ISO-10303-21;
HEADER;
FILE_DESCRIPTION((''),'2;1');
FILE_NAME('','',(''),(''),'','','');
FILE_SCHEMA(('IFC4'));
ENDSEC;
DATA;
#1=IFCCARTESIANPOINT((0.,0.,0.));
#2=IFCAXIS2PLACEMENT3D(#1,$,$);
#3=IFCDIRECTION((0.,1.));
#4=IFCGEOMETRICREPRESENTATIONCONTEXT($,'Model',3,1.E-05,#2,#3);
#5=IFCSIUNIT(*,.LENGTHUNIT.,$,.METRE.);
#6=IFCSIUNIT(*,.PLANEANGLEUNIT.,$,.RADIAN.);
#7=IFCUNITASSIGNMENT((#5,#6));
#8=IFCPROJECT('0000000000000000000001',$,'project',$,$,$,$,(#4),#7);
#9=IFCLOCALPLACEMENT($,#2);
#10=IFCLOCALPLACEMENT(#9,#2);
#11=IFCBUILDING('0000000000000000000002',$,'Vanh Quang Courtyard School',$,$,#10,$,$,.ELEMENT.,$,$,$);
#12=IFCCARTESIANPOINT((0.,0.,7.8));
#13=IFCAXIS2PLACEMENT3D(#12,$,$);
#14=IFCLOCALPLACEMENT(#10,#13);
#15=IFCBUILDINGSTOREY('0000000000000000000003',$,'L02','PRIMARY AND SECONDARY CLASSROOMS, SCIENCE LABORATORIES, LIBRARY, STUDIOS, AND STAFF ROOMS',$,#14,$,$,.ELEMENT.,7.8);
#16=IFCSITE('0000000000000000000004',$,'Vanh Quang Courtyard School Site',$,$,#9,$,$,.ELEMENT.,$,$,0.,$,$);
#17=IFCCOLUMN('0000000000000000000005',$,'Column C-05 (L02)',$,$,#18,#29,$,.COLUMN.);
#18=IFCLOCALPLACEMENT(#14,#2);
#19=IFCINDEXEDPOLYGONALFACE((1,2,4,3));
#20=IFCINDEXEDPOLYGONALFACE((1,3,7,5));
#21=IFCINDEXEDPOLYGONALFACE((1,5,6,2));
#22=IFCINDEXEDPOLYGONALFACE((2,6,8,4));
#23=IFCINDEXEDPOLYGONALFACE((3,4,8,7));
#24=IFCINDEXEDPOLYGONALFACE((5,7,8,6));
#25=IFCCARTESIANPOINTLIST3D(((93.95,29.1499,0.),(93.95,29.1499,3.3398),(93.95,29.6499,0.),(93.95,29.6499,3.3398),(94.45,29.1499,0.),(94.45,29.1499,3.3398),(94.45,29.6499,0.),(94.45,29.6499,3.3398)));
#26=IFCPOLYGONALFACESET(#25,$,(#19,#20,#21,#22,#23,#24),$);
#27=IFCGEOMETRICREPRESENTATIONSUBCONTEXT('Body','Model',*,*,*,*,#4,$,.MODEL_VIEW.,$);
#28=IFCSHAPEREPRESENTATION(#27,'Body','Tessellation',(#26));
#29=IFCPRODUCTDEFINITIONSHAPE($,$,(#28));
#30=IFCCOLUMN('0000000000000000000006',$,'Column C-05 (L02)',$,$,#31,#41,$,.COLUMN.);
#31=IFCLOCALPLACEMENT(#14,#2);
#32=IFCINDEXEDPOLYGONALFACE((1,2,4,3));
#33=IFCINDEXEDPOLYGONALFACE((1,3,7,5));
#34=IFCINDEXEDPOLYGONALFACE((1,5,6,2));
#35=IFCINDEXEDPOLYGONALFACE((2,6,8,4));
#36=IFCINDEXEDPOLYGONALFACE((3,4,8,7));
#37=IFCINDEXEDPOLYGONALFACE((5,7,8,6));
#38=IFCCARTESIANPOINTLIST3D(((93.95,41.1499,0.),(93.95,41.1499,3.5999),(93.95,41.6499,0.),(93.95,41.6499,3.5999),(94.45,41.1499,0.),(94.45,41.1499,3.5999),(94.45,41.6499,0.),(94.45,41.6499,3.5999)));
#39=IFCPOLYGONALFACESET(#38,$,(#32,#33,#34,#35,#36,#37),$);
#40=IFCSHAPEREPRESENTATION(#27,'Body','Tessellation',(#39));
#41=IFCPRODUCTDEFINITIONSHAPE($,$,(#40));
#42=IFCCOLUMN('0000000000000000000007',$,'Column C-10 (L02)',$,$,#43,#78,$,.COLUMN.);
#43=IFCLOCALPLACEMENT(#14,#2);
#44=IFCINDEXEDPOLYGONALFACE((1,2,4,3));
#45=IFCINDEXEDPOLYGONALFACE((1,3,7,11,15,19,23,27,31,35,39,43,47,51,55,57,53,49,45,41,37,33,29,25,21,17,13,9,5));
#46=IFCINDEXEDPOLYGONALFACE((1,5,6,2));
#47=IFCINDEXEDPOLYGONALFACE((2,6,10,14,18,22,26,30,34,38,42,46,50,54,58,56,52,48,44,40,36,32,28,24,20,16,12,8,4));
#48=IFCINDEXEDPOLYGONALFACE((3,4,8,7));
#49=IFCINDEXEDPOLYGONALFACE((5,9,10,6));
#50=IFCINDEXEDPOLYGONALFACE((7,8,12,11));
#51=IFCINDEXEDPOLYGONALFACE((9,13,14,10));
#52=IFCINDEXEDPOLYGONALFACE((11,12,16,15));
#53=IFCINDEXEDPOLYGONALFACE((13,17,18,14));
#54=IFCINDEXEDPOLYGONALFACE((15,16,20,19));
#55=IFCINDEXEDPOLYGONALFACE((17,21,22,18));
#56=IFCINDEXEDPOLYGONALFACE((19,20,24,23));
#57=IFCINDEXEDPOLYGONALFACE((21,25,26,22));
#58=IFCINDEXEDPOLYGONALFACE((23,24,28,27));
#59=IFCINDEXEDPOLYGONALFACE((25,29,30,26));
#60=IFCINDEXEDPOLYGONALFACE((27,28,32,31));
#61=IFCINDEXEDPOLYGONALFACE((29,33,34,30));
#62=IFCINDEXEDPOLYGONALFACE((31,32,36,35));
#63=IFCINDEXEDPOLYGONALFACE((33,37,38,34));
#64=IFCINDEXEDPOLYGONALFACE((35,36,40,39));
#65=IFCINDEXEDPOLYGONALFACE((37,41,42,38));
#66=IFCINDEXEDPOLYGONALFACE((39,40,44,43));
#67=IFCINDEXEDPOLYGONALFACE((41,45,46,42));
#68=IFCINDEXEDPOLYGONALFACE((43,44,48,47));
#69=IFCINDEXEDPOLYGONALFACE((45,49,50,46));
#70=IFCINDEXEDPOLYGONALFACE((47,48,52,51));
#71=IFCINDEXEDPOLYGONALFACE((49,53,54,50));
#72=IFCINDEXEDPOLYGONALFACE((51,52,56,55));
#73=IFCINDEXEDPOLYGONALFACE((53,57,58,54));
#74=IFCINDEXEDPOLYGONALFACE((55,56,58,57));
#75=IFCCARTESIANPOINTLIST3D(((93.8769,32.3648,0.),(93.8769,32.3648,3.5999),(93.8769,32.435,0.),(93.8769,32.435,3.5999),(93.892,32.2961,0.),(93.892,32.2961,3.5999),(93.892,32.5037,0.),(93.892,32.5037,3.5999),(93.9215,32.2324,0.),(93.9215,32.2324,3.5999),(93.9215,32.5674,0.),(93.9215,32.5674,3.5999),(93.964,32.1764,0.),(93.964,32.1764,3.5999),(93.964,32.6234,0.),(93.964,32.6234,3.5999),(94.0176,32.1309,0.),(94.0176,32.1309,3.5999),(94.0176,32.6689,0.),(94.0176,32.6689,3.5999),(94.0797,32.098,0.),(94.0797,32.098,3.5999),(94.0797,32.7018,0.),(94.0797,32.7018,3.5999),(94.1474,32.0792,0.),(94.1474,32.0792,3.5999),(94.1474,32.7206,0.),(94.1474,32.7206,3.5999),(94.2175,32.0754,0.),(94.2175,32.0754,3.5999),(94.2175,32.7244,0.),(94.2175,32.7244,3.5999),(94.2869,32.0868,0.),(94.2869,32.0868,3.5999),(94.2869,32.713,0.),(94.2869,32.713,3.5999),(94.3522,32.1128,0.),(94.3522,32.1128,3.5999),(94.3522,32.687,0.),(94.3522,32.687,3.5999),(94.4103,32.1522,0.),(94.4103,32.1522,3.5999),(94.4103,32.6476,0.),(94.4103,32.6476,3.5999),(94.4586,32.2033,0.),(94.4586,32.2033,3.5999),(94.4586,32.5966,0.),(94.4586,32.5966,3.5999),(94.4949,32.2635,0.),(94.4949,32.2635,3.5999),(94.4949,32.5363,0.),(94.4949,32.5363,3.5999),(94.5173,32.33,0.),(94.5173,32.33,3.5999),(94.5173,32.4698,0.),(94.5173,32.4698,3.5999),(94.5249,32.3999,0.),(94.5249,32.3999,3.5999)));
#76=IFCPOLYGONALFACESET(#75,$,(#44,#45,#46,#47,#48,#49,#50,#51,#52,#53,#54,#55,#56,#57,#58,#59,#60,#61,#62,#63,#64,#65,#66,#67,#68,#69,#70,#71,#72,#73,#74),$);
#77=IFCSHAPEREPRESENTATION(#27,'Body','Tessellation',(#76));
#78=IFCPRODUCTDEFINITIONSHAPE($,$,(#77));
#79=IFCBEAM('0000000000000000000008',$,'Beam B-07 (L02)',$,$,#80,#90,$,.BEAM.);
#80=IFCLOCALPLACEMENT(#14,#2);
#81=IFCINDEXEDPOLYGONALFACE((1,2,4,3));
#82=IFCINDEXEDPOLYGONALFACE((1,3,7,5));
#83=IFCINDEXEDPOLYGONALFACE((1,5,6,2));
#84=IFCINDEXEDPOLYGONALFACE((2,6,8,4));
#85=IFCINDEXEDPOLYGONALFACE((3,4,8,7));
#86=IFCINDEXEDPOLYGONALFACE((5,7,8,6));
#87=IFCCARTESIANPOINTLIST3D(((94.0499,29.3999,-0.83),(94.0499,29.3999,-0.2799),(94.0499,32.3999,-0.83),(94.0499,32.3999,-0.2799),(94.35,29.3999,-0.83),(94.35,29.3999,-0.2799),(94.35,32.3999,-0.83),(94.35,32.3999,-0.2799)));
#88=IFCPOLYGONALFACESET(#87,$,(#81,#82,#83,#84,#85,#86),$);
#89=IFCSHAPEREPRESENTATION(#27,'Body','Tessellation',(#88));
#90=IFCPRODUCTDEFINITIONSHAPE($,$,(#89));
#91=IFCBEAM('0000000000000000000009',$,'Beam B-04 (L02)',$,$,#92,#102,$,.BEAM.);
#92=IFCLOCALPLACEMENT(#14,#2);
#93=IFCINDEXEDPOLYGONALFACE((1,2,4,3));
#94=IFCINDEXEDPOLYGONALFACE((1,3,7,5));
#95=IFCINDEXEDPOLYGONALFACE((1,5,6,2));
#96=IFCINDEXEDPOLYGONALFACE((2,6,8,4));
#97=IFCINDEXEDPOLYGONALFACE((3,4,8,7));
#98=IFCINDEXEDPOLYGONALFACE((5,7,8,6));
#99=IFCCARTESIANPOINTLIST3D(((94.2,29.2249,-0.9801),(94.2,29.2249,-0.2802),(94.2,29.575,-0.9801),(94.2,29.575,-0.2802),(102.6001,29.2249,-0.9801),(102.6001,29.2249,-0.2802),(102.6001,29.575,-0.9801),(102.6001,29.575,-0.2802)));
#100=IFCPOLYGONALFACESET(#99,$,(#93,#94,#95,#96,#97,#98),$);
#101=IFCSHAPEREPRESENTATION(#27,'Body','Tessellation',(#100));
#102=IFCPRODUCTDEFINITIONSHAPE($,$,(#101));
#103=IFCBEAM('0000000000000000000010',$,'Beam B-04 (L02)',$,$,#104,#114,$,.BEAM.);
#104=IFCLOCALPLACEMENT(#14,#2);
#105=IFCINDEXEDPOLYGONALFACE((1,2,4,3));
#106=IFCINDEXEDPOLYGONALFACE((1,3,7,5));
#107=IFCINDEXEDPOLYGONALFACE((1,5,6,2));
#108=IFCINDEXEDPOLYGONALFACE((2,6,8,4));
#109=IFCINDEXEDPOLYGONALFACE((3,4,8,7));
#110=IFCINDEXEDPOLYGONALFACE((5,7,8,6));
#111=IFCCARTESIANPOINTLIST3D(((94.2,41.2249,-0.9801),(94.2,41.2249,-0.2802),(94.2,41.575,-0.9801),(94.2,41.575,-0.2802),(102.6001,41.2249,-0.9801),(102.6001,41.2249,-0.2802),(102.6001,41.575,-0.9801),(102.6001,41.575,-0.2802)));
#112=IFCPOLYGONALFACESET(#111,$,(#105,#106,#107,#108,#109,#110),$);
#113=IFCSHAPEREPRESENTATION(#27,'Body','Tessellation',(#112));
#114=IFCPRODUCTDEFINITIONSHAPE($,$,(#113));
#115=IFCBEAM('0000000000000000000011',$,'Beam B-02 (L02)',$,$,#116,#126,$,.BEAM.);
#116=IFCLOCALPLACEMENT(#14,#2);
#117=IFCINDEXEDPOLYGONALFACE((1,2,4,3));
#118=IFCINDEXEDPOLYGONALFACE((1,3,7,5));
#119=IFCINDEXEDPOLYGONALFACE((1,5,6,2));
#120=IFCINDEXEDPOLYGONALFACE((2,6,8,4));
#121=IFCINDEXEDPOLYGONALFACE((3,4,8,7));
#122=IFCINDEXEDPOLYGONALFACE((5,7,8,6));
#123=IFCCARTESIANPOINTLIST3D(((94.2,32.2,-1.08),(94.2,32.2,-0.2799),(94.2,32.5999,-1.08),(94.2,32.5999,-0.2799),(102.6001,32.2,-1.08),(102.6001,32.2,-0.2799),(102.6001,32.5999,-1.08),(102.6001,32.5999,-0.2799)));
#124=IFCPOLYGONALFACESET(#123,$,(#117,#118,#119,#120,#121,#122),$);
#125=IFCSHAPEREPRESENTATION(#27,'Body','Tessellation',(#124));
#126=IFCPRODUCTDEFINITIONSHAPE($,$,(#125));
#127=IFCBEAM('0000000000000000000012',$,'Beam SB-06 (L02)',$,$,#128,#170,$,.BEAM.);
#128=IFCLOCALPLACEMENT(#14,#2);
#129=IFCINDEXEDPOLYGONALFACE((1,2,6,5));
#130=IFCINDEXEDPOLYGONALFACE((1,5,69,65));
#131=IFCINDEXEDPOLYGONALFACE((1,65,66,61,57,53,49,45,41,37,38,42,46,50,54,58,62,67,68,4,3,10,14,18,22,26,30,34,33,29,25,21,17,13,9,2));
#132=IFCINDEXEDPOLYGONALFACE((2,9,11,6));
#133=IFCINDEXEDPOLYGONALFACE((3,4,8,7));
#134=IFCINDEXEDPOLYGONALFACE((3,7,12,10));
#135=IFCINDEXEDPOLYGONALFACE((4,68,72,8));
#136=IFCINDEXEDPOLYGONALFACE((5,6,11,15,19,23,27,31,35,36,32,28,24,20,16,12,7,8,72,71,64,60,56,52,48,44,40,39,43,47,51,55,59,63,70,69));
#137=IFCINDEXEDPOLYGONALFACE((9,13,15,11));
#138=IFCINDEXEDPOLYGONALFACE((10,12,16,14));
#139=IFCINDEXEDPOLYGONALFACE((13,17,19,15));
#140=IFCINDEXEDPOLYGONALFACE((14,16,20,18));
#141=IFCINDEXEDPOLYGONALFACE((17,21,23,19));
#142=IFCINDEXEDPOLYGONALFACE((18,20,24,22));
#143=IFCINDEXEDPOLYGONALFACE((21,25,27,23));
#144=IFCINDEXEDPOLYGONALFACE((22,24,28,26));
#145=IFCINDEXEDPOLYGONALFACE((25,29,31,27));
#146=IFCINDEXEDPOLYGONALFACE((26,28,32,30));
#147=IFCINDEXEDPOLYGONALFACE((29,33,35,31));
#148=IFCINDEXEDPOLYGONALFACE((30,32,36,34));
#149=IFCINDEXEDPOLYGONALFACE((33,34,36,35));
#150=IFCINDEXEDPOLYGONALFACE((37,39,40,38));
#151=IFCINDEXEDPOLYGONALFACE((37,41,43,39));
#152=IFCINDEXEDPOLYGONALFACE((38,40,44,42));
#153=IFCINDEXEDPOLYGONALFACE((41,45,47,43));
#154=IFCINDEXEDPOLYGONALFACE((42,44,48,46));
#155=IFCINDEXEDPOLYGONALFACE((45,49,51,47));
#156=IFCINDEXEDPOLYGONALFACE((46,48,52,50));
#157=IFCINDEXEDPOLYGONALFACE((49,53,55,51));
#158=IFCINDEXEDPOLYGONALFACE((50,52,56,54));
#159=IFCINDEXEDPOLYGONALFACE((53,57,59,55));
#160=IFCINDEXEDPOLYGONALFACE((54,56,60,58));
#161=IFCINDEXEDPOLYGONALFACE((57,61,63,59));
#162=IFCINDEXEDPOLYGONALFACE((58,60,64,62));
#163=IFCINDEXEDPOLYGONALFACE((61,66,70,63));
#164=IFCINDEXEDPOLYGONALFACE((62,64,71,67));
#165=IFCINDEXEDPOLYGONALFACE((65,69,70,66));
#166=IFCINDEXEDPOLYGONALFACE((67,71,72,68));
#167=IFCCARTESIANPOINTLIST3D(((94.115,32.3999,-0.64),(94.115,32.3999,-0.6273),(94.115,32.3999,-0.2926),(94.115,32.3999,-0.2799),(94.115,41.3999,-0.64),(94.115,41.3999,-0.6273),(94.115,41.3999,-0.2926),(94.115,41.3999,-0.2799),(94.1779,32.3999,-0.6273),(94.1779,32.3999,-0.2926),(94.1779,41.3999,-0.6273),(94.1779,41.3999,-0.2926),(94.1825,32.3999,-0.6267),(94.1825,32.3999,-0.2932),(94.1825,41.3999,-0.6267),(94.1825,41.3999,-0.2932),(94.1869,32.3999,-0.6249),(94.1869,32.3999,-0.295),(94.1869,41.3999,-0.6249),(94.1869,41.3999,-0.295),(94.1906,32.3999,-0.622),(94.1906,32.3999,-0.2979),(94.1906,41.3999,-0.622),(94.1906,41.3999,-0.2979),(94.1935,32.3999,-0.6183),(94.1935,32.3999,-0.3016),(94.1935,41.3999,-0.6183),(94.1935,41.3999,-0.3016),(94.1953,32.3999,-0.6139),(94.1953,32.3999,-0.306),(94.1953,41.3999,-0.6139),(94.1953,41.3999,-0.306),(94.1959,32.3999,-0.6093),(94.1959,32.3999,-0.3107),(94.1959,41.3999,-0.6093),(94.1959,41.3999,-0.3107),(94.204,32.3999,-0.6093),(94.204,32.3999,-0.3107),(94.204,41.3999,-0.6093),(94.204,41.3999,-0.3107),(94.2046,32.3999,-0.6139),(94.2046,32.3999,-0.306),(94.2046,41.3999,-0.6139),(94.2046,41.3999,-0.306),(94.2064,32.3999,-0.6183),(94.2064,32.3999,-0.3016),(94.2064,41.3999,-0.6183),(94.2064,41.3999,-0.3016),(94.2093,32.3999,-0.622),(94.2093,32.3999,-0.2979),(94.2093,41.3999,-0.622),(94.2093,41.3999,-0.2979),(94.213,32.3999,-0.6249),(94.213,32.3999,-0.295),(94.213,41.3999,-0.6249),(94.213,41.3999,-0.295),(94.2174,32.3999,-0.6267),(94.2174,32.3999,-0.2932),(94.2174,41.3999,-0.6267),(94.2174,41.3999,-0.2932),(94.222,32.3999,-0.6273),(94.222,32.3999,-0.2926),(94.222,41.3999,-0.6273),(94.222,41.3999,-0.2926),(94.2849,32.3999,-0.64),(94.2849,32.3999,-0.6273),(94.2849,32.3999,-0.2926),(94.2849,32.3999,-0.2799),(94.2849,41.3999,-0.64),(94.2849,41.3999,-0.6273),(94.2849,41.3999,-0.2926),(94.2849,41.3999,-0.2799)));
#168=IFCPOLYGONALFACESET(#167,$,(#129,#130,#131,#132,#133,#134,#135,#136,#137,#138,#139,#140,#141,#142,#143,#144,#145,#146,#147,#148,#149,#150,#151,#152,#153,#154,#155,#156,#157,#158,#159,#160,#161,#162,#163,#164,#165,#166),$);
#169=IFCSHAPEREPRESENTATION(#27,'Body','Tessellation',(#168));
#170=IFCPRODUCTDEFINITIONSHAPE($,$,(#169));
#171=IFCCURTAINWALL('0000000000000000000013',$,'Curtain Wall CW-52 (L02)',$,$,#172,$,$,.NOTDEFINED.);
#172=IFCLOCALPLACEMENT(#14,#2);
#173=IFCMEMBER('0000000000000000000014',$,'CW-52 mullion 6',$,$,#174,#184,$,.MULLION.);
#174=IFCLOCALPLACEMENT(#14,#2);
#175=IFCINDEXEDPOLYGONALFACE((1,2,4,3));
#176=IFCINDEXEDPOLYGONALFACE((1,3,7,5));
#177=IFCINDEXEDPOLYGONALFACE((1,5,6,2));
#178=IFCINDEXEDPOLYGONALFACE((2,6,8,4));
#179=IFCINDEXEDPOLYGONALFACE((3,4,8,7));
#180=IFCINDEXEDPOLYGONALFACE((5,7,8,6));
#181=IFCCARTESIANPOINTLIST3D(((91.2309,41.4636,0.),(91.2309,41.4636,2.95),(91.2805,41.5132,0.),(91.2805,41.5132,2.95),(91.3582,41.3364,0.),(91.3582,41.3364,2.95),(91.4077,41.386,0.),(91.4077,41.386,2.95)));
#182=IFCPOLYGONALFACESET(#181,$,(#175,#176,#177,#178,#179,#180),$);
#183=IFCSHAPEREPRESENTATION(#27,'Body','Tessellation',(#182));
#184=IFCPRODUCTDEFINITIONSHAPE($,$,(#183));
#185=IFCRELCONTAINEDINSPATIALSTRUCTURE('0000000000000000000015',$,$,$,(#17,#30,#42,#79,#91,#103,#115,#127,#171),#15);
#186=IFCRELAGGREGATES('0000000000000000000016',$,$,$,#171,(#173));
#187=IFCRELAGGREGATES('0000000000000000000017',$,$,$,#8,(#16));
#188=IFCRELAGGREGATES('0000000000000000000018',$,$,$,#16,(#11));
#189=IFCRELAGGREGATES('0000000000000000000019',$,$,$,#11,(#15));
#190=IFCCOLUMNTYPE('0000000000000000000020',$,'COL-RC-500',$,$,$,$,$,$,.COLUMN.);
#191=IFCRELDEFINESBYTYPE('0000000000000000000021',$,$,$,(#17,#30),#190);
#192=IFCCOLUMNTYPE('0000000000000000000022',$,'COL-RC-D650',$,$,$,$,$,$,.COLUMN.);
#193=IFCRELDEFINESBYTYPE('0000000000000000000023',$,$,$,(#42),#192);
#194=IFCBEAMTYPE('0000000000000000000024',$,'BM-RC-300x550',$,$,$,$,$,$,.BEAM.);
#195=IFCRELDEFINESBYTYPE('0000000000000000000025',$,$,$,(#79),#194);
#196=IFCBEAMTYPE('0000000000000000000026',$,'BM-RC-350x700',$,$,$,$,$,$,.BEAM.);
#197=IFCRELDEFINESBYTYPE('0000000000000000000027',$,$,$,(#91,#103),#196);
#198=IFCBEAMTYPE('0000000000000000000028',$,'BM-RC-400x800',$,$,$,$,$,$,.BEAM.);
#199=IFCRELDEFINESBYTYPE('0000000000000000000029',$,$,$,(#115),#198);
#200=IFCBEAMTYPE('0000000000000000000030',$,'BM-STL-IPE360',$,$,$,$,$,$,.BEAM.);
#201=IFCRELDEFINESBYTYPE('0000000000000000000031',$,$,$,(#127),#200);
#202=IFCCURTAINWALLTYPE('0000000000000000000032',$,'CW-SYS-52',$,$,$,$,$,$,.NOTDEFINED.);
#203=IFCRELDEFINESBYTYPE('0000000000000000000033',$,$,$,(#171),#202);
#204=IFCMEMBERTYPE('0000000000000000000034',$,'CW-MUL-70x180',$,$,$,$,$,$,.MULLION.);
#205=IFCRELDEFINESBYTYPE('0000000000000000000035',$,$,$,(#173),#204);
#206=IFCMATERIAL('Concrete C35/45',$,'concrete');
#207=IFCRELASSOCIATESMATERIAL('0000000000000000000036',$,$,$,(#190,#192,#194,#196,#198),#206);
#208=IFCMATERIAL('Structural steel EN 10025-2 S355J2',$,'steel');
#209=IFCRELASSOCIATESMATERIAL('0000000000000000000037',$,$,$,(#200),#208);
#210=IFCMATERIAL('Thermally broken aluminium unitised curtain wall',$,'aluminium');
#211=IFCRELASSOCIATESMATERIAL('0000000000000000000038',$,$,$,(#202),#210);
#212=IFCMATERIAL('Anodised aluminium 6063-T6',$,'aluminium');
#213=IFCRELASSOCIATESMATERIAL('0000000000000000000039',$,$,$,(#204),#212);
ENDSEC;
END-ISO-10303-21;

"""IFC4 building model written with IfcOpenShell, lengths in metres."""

from ifc_helpers import new_model, si_unit, direction, frame, origin, origin_2d, place, context, subcontext, project, spatial, rectangle, circle, i_section, extrude, material, material_profile, profile_set, type_object, element, aggregate, save


model = new_model("IFC4")

# Units and contexts
model_context = context("Model", 3, precision=1e-05, world=origin(), true_north=direction((0.0, 1.0)))
body_context = subcontext(model_context, "Body", "Model", "MODEL_VIEW")
ifc_project = project(units=[si_unit("LENGTHUNIT", "METRE"), si_unit("PLANEANGLEUNIT", "RADIAN")], contexts=[model_context])

# Site, building, storey
site_placement = place(None, origin())
site = spatial("IfcSite", under=ifc_project, at=site_placement, Name="Vanh Quang Courtyard School Site", CompositionType="ELEMENT", RefElevation=0.0)
building_placement = place(site_placement, origin())
building = spatial("IfcBuilding", under=site, at=building_placement, Name="Vanh Quang Courtyard School", CompositionType="ELEMENT")
storey_placement = place(building_placement, frame((0.0, 0.0, 7.8)))
storey = spatial("IfcBuildingStorey", under=building, at=storey_placement, Name="L02", Description="PRIMARY AND SECONDARY CLASSROOMS, SCIENCE LABORATORIES, LIBRARY, STUDIOS, AND STAFF ROOMS", CompositionType="ELEMENT", Elevation=7.8)

# Columns
ifc_material_1 = material(Name="Concrete C35/45", Category="concrete")
ifc_material_profile_1 = material_profile(ifc_material_1, rectangle(XDim=0.5, YDim=0.5, at=origin_2d()), Name="RC-COL 500x500")
ifc_profile_set_1 = profile_set([ifc_material_profile_1], Name="Concrete C35/45")
column_type_1 = type_object("IfcColumnType", Name="COL-RC-500", PredefinedType="COLUMN", material=ifc_profile_set_1)
column_1_placement = place(storey_placement, frame((94.2, 29.3999, 0.0), z_axis=(0.0, 0.0, 1.0), x_axis=(1.0, 0.0, 0.0)))
element("IfcColumn", 1, at=column_1_placement, inside=storey, type_object=column_type_1, Name="Column C-05 (L02)", PredefinedType="COLUMN", context=body_context, shape_type="SweptSolid", body=[
    extrude(rectangle(XDim=0.5, YDim=0.5, at=origin_2d()), origin(), (0.0, 0.0, 1.0), 3.3398),
])
column_2_placement = place(storey_placement, frame((94.2, 41.3999, 0.0), z_axis=(0.0, 0.0, 1.0), x_axis=(1.0, 0.0, 0.0)))
element("IfcColumn", 2, at=column_2_placement, inside=storey, type_object=column_type_1, Name="Column C-05 (L02)", PredefinedType="COLUMN", context=body_context, shape_type="SweptSolid", body=[
    extrude(rectangle(XDim=0.5, YDim=0.5, at=origin_2d()), origin(), (0.0, 0.0, 1.0), 3.5999),
])
ifc_material_profile_2 = material_profile(ifc_material_1, circle(Radius=0.325, at=origin_2d()), Name="RC-COL D650")
ifc_profile_set_2 = profile_set([ifc_material_profile_2], Name="Concrete C35/45")
column_type_2 = type_object("IfcColumnType", Name="COL-RC-D650", PredefinedType="COLUMN", material=ifc_profile_set_2)
column_3_placement = place(storey_placement, frame((94.2, 32.3999, 0.0), z_axis=(0.0, 0.0, 1.0), x_axis=(1.0, 0.0, 0.0)))
element("IfcColumn", 3, at=column_3_placement, inside=storey, type_object=column_type_2, Name="Column C-10 (L02)", PredefinedType="COLUMN", context=body_context, shape_type="SweptSolid", body=[
    extrude(circle(Radius=0.325, at=origin_2d()), origin(), (0.0, 0.0, 1.0), 3.5999),
])

# Beams
ifc_material_profile_3 = material_profile(ifc_material_1, rectangle(XDim=0.3, YDim=0.55, at=origin_2d()), Name="RC-BM 300x550")
ifc_profile_set_3 = profile_set([ifc_material_profile_3], Name="Concrete C35/45")
beam_type_1 = type_object("IfcBeamType", Name="BM-RC-300x550", PredefinedType="BEAM", material=ifc_profile_set_3)
beam_1_placement = place(storey_placement, frame((94.2, 29.3999, -0.5549), z_axis=(0.0, 1.0, 0.0), x_axis=(-1.0, 0.0, 0.0)))
element("IfcBeam", 4, at=beam_1_placement, inside=storey, type_object=beam_type_1, Name="Beam B-07 (L02)", PredefinedType="BEAM", context=body_context, shape_type="SweptSolid", body=[
    extrude(rectangle(XDim=0.3, YDim=0.55, at=origin_2d()), origin(), (0.0, 0.0, 1.0), 3.0),
])
ifc_material_profile_4 = material_profile(ifc_material_1, rectangle(XDim=0.3501, YDim=0.7, at=origin_2d()), Name="RC-BM 350x700")
ifc_profile_set_4 = profile_set([ifc_material_profile_4], Name="Concrete C35/45")
beam_type_2 = type_object("IfcBeamType", Name="BM-RC-350x700", PredefinedType="BEAM", material=ifc_profile_set_4)
for number, where, z_axis, x_axis, name in (
    (5, (94.2, 29.3999, -0.6301), (1.0, 0.0, 0.0), (0.0, 1.0, 0.0), "Beam B-04 (L02)"),
    (6, (94.2, 41.3999, -0.6301), (1.0, 0.0, 0.0), (0.0, 1.0, 0.0), "Beam B-04 (L02)"),
):
    element("IfcBeam", number, at=place(storey_placement, frame(where, z_axis=z_axis, x_axis=x_axis)), inside=storey, type_object=beam_type_2, Name=name, PredefinedType="BEAM", context=body_context, shape_type="SweptSolid", body=[
        extrude(rectangle(XDim=0.3501, YDim=0.7, at=origin_2d()), origin(), (0.0, 0.0, 1.0), 8.4001),
    ])
ifc_material_profile_5 = material_profile(ifc_material_1, rectangle(XDim=0.3999, YDim=0.8, at=origin_2d()), Name="RC-BM 400x800")
ifc_profile_set_5 = profile_set([ifc_material_profile_5], Name="Concrete C35/45")
beam_type_3 = type_object("IfcBeamType", Name="BM-RC-400x800", PredefinedType="BEAM", material=ifc_profile_set_5)
beam_2_placement = place(storey_placement, frame((94.2, 32.3999, -0.6799), z_axis=(1.0, 0.0, 0.0), x_axis=(0.0, 1.0, 0.0)))
element("IfcBeam", 7, at=beam_2_placement, inside=storey, type_object=beam_type_3, Name="Beam B-02 (L02)", PredefinedType="BEAM", context=body_context, shape_type="SweptSolid", body=[
    extrude(rectangle(XDim=0.3999, YDim=0.8, at=origin_2d()), origin(), (0.0, 0.0, 1.0), 8.4001),
])
ifc_material_2 = material(Name="Structural steel EN 10025-2 S355J2", Category="steel")
ifc_material_profile_6 = material_profile(ifc_material_2, i_section(OverallWidth=0.1699, OverallDepth=0.3601, WebThickness=0.0081, FlangeThickness=0.0127, FilletRadius=0.0181, at=origin_2d()), Name="IPE 360")
ifc_profile_set_6 = profile_set([ifc_material_profile_6], Name="Structural steel EN 10025-2 S355J2")
beam_type_4 = type_object("IfcBeamType", Name="BM-STL-IPE360", PredefinedType="BEAM", material=ifc_profile_set_6)
beam_3_placement = place(storey_placement, frame((94.2, 32.3999, -0.46), z_axis=(0.0, 1.0, 0.0), x_axis=(-1.0, 0.0, 0.0)))
element("IfcBeam", 8, at=beam_3_placement, inside=storey, type_object=beam_type_4, Name="Beam SB-06 (L02)", PredefinedType="BEAM", context=body_context, shape_type="SweptSolid", body=[
    extrude(i_section(OverallWidth=0.1699, OverallDepth=0.3601, WebThickness=0.0081, FlangeThickness=0.0127, FilletRadius=0.0181, at=origin_2d()), origin(), (0.0, 0.0, 1.0), 9.0),
])

# Curtain wall, member
ifc_material_3 = material(Name="Thermally broken aluminium unitised curtain wall", Category="aluminium")
curtain_wall_type_1 = type_object("IfcCurtainWallType", Name="CW-SYS-52", PredefinedType="NOTDEFINED", material=ifc_material_3)
curtain_wall_1_placement = place(storey_placement, origin())
curtain_wall_1 = element("IfcCurtainWall", 9, at=curtain_wall_1_placement, inside=storey, type_object=curtain_wall_type_1, Name="Curtain Wall CW-52 (L02)", PredefinedType="NOTDEFINED")
ifc_material_4 = material(Name="Anodised aluminium 6063-T6", Category="aluminium")
ifc_material_profile_7 = material_profile(ifc_material_4, rectangle(XDim=0.0701, YDim=0.1799, at=origin_2d()), Name="ALU-MUL 70x180")
ifc_profile_set_7 = profile_set([ifc_material_profile_7], Name="Anodised aluminium 6063-T6")
member_type_1 = type_object("IfcMemberType", Name="CW-MUL-70x180", PredefinedType="MULLION", material=ifc_profile_set_7)
member_1_placement = place(storey_placement, frame((91.3193, 41.4248, 0.0), z_axis=(0.0, 0.0, 1.0), x_axis=(0.707107, 0.707107, 0.0)))
member_1 = element("IfcMember", 10, at=member_1_placement, type_object=member_type_1, Name="CW-52 mullion 6", PredefinedType="MULLION", context=body_context, shape_type="SweptSolid", body=[
    extrude(rectangle(XDim=0.0701, YDim=0.1799, at=origin_2d()), origin(), (0.0, 0.0, 1.0), 2.95),
])

aggregate(curtain_wall_1, [member_1])

save(model, "model.ifc")
